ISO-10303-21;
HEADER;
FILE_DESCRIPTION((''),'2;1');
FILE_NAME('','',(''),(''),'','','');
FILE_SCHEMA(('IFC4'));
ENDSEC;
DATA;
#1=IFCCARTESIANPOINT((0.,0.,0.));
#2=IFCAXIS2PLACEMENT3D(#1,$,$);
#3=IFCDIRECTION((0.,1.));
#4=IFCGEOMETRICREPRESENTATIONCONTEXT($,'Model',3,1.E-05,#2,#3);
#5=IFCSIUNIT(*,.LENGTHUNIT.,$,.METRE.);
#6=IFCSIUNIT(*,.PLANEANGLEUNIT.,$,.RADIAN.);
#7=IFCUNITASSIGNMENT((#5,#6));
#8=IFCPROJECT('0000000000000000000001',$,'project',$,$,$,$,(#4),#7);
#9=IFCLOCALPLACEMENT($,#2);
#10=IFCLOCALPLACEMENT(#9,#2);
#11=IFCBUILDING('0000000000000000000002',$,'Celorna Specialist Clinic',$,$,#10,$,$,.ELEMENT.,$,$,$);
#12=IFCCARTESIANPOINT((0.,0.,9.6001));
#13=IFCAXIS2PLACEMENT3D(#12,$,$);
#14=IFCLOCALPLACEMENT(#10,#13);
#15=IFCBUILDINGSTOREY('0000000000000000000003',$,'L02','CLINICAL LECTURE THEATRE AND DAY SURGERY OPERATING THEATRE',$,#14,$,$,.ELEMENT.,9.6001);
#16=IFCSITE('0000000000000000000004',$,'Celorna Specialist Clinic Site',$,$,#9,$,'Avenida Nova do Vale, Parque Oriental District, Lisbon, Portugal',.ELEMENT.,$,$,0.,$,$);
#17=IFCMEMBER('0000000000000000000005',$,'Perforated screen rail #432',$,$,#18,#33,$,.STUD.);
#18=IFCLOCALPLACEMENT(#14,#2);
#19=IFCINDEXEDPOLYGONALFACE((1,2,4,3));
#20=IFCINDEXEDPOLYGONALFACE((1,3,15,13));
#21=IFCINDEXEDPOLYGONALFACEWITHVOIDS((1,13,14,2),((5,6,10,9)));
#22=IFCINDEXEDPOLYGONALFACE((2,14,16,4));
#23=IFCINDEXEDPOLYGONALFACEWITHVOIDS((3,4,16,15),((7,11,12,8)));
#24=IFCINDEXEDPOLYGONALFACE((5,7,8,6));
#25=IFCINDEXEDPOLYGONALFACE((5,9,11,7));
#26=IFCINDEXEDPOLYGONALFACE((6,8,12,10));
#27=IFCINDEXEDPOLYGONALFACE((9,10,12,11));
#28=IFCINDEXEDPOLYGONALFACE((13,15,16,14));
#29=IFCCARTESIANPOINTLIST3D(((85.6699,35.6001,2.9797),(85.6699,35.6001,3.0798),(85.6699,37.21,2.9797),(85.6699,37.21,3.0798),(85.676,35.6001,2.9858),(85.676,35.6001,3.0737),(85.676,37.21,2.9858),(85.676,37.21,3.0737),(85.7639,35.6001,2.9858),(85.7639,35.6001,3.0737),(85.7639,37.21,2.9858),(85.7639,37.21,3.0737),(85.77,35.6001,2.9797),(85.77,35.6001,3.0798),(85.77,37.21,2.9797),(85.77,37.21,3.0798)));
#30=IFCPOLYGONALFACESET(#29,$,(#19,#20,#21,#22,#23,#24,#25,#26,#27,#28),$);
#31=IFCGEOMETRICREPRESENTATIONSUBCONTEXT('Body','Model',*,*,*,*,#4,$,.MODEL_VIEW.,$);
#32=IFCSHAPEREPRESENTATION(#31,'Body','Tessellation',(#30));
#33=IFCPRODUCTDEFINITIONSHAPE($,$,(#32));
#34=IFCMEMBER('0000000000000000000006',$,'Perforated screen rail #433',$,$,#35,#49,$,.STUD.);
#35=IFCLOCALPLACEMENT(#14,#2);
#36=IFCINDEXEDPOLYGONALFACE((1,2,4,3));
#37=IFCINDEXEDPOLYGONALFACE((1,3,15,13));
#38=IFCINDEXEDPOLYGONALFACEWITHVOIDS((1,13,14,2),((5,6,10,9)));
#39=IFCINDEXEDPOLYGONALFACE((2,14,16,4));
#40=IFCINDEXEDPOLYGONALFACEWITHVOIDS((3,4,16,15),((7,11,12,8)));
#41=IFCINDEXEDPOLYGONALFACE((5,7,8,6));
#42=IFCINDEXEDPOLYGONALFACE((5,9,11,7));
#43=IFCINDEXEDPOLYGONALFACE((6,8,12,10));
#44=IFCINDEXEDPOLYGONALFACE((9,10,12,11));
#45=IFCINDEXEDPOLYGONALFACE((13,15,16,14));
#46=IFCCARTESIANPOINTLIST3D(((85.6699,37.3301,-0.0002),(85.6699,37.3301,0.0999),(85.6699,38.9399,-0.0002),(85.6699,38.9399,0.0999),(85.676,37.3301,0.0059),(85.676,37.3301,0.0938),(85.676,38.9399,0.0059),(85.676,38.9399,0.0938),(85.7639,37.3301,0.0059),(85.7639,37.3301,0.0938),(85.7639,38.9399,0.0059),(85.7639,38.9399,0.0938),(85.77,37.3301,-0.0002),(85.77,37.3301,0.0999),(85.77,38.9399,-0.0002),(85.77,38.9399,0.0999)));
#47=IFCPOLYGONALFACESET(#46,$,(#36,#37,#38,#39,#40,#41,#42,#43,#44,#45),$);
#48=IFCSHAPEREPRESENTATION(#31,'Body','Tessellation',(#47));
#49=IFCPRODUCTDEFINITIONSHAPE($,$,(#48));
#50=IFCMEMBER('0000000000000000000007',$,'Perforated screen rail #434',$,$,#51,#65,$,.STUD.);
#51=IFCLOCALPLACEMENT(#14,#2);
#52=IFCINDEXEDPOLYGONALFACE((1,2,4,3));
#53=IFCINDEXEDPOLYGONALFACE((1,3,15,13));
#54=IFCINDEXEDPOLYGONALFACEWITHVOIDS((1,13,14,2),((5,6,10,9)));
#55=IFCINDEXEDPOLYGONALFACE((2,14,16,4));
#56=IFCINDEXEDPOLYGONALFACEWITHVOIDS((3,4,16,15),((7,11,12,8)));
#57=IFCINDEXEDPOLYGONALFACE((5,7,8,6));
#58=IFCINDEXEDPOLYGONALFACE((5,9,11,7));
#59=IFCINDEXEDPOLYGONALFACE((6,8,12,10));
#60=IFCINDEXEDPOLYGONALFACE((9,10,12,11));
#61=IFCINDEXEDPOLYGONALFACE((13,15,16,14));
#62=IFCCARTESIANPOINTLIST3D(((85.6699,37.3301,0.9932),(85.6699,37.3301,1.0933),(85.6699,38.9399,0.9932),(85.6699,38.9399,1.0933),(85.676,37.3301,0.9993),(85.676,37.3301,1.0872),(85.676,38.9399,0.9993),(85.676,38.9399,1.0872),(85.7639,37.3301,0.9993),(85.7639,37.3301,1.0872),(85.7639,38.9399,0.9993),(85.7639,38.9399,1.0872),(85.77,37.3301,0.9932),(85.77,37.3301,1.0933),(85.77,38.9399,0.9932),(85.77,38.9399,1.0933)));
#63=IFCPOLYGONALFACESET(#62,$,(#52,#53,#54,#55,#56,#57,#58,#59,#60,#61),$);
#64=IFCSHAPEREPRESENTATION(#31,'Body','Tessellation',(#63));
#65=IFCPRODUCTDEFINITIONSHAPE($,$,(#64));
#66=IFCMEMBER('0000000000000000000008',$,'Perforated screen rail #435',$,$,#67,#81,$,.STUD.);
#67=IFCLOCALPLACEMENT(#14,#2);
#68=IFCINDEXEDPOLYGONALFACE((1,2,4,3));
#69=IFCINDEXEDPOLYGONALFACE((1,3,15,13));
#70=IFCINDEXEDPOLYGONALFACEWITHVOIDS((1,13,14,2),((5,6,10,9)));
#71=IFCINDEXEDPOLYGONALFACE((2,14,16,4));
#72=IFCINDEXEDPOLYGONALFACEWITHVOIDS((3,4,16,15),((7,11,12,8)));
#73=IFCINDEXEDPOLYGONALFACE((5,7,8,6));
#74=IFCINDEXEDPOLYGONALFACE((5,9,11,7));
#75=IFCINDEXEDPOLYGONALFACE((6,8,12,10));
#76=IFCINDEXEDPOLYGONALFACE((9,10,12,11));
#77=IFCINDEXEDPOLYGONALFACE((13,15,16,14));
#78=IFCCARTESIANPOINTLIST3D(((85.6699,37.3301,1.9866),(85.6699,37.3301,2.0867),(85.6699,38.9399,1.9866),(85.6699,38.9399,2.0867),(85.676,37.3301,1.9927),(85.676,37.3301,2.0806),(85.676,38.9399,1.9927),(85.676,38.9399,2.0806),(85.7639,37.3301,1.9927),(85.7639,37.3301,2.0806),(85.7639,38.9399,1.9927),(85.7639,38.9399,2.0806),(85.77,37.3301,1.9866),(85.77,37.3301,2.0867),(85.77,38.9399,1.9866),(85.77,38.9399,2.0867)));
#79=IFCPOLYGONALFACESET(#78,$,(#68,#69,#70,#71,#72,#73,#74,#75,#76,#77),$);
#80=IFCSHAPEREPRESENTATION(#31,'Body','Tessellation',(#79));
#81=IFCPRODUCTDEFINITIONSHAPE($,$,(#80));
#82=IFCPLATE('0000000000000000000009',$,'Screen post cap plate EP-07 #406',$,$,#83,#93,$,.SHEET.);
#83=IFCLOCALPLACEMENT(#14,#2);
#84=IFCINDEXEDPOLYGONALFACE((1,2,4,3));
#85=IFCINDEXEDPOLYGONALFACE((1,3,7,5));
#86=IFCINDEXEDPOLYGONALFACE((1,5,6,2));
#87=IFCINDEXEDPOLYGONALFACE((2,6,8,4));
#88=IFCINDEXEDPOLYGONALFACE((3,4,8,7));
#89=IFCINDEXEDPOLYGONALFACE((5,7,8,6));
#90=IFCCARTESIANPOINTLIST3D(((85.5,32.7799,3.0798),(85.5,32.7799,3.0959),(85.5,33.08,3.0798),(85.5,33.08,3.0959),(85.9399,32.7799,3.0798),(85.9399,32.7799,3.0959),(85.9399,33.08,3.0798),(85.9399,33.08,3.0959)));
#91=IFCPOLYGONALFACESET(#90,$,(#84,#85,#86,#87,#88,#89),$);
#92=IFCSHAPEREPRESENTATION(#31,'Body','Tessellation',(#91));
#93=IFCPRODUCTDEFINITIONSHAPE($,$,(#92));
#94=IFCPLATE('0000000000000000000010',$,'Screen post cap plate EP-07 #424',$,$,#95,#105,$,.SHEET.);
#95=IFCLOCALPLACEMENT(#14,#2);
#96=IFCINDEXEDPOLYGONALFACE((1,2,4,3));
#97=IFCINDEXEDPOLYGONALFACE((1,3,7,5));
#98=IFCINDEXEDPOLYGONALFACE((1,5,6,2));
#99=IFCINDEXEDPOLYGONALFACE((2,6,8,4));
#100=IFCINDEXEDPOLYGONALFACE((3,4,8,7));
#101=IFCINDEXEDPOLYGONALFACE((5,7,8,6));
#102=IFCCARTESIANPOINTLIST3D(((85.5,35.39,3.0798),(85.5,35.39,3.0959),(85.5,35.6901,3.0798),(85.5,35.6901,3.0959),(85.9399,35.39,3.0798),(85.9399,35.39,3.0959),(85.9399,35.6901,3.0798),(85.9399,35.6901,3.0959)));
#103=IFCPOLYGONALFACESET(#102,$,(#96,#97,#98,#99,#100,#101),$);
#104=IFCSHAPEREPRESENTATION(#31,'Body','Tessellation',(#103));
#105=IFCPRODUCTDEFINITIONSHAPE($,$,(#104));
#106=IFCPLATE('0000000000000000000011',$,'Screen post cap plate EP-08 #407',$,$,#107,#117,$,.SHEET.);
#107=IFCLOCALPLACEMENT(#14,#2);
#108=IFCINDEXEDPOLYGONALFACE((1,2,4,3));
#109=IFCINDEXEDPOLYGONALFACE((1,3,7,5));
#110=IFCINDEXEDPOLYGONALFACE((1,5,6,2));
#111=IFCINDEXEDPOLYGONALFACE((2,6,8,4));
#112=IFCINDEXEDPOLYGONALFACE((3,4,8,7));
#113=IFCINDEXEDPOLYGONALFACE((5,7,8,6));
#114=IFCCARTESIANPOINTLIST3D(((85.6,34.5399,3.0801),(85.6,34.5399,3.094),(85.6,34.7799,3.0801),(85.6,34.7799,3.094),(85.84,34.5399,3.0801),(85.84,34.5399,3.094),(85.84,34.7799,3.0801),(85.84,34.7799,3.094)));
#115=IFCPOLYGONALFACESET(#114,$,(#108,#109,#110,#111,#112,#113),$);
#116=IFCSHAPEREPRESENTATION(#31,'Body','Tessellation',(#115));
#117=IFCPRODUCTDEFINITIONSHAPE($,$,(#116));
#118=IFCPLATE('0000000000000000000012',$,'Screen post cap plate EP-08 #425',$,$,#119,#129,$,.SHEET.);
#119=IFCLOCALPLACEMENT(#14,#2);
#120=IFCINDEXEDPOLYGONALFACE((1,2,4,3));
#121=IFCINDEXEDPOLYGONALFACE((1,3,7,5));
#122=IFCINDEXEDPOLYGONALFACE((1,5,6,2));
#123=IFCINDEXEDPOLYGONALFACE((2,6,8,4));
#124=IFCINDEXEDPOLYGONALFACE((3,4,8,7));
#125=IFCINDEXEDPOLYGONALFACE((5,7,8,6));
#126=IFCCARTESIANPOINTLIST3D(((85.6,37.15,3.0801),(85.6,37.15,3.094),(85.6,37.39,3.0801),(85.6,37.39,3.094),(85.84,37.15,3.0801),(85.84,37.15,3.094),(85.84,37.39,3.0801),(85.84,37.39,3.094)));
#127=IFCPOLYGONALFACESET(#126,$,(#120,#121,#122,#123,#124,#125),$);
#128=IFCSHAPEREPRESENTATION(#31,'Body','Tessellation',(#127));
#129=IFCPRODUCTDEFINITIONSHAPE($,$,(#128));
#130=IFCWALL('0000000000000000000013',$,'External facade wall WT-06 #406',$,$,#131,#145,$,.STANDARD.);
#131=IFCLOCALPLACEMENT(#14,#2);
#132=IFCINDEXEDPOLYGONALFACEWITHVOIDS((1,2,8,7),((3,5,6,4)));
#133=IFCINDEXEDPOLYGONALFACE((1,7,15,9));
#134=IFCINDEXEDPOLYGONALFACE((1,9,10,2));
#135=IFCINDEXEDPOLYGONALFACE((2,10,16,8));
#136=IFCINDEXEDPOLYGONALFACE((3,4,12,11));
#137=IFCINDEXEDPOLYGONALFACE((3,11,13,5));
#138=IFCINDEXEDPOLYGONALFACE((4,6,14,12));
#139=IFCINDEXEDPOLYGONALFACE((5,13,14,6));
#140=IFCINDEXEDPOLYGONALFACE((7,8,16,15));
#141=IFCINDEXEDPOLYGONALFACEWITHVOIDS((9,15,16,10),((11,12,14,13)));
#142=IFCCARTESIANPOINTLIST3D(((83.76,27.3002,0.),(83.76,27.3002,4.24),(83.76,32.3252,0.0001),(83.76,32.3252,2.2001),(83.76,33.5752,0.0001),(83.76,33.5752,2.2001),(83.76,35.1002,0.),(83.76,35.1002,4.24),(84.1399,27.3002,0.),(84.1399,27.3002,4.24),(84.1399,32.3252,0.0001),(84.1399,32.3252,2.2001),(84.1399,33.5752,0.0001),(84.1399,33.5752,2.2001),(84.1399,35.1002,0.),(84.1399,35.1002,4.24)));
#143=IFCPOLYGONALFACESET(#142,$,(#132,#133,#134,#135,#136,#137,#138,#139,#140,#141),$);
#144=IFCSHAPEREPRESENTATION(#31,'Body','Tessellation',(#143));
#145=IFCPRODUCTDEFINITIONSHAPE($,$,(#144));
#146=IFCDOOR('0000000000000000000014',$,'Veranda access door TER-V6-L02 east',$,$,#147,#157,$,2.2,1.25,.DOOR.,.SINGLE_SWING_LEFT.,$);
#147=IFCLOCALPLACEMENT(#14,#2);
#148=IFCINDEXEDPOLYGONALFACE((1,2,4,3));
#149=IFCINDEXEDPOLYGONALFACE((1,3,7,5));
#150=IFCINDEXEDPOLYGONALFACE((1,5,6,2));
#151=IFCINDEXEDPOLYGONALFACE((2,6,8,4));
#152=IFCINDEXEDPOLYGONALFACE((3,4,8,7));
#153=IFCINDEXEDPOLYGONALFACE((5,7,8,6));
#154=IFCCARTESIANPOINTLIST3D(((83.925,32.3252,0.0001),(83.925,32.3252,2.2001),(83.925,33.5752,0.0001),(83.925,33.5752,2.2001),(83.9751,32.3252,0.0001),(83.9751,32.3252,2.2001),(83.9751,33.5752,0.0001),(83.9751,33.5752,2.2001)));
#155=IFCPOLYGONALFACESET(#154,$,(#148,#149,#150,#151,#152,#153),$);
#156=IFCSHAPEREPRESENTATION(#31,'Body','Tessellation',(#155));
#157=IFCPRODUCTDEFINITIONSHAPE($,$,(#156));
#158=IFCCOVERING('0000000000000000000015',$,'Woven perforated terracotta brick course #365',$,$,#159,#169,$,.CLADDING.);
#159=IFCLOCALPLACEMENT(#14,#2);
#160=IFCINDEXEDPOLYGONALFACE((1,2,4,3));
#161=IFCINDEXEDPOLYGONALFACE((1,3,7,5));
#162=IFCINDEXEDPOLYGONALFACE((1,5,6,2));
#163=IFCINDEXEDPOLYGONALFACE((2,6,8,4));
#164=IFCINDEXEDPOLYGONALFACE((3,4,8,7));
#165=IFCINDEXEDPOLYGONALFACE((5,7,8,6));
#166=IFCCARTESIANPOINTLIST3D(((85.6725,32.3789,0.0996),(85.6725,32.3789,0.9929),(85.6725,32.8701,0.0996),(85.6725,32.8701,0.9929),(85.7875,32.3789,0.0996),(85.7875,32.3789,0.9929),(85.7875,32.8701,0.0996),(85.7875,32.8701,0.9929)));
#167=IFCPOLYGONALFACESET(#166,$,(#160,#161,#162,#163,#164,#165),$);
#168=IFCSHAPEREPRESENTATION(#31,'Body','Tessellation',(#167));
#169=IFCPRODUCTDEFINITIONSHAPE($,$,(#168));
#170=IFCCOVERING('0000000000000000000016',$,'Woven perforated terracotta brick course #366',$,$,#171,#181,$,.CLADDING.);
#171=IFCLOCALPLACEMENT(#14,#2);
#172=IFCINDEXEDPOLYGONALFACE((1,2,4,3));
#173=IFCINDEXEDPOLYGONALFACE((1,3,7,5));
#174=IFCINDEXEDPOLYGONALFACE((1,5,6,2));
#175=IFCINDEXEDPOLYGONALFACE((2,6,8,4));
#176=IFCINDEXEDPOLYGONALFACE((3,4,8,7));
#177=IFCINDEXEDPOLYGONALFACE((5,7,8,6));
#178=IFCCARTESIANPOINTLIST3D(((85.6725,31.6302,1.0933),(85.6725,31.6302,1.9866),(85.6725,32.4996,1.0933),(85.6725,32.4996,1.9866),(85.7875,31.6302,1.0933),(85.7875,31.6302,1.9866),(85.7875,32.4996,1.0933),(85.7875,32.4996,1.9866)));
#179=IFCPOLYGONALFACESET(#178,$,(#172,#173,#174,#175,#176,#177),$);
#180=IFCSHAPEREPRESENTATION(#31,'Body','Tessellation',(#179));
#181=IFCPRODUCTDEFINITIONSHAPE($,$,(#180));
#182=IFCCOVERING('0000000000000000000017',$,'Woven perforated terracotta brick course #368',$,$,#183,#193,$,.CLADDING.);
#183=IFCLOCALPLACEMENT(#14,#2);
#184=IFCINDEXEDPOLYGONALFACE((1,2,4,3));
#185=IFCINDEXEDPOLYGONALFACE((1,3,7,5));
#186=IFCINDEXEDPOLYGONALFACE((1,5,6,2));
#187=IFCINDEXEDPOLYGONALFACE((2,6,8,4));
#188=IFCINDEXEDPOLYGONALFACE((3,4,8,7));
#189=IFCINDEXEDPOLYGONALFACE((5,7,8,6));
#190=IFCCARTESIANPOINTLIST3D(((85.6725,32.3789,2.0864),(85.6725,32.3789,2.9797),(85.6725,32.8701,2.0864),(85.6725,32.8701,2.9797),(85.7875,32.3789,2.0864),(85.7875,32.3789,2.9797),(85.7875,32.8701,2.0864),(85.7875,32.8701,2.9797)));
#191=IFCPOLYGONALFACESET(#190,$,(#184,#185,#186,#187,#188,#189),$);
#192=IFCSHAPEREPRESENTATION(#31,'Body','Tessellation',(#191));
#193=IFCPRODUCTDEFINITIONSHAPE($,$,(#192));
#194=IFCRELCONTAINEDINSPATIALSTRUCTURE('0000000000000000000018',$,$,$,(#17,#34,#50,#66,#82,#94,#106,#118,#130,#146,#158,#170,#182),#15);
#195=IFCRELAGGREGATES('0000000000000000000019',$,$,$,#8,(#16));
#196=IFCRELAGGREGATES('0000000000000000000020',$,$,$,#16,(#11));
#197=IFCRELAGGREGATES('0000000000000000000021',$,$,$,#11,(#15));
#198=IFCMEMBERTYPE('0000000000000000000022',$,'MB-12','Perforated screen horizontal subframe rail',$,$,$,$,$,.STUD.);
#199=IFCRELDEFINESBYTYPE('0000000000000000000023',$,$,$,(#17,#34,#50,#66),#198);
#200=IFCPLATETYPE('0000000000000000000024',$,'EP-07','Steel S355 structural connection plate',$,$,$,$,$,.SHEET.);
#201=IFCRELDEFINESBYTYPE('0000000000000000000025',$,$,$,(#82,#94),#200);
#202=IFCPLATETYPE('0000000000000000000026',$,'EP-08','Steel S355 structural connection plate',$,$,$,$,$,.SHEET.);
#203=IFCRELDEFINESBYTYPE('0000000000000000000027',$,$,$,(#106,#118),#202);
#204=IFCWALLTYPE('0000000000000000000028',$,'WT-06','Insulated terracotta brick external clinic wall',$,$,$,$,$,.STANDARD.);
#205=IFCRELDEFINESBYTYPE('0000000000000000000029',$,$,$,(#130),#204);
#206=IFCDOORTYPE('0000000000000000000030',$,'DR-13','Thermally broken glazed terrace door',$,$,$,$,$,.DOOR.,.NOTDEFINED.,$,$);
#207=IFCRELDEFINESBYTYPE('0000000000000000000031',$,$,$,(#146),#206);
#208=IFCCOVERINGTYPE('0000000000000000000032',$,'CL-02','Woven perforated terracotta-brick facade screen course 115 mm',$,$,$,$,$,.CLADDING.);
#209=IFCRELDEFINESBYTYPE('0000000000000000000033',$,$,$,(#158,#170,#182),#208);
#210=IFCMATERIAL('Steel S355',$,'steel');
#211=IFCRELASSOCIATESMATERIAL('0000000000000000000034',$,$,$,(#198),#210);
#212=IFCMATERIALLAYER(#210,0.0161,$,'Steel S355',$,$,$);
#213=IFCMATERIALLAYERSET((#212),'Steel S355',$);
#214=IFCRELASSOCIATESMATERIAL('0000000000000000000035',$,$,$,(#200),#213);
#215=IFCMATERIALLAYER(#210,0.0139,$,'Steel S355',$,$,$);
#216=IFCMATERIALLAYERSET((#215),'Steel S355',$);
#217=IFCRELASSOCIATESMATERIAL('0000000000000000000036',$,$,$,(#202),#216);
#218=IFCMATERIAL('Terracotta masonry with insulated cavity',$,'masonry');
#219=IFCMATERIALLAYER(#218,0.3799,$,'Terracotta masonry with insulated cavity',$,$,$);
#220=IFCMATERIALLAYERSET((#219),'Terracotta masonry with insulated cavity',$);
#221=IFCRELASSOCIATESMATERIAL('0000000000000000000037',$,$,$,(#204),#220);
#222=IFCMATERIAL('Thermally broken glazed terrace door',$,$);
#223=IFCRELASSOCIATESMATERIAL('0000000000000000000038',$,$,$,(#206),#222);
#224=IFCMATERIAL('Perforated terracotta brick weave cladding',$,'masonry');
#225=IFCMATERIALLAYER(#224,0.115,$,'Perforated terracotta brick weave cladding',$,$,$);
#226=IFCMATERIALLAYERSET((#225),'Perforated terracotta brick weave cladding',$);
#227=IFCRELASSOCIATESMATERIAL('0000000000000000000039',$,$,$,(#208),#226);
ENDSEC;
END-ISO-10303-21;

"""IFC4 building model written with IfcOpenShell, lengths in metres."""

from ifc_helpers import new_model, si_unit, direction, frame, frame_2d, origin, origin_2d, place, context, subcontext, project, spatial, rectangle, hollow_rectangle, extrude, material, layer, layer_set, material_profile, profile_set, type_object, element, fill, save


model = new_model("IFC4")

# Units and contexts
model_context = context("Model", 3, precision=1e-05, world=origin(), true_north=direction((0.0, 1.0)))
body_context = subcontext(model_context, "Body", "Model", "MODEL_VIEW")
ifc_project = project(units=[si_unit("LENGTHUNIT", "METRE"), si_unit("PLANEANGLEUNIT", "RADIAN")], contexts=[model_context])

# Site, building, storey
site_placement = place(None, origin())
site = spatial("IfcSite", under=ifc_project, at=site_placement, Name="Celorna Specialist Clinic Site", LongName="Avenida Nova do Vale, Parque Oriental District, Lisbon, Portugal", CompositionType="ELEMENT", RefElevation=0.0)
building_placement = place(site_placement, origin())
building = spatial("IfcBuilding", under=site, at=building_placement, Name="Celorna Specialist Clinic", CompositionType="ELEMENT")
storey_placement = place(building_placement, frame((0.0, 0.0, 9.6001)))
storey = spatial("IfcBuildingStorey", under=building, at=storey_placement, Name="L02", Description="CLINICAL LECTURE THEATRE AND DAY SURGERY OPERATING THEATRE", CompositionType="ELEMENT", Elevation=9.6001)

# Shared definitions
ifc_material_1 = material(Name="Steel S355", Category="steel")

# Members
ifc_material_profile_1 = material_profile(ifc_material_1, hollow_rectangle(XDim=0.1001, YDim=0.1001, WallThickness=0.0061, at=origin_2d()), Name="SHS 100x100x6")
ifc_profile_set_1 = profile_set([ifc_material_profile_1], Name="Steel S355")
member_type_1 = type_object("IfcMemberType", Name="MB-12", Description="Perforated screen horizontal subframe rail", PredefinedType="STUD", material=ifc_profile_set_1)
for number, where, z_axis, x_axis, name in (
    (1, (85.72, 35.6001, 3.0298), (0.0, 1.0, 0.0), (-1.0, 0.0, 0.0), "Perforated screen rail #432"),
    (2, (85.72, 37.3301, 0.0498), (0.0, 1.0, 0.0), (-1.0, 0.0, 0.0), "Perforated screen rail #433"),
    (3, (85.72, 37.3301, 1.0432), (0.0, 1.0, 0.0), (-1.0, 0.0, 0.0), "Perforated screen rail #434"),
    (4, (85.72, 37.3301, 2.0366), (0.0, 1.0, 0.0), (-1.0, 0.0, 0.0), "Perforated screen rail #435"),
):
    element("IfcMember", number, at=place(storey_placement, frame(where, z_axis=z_axis, x_axis=x_axis)), inside=storey, type_object=member_type_1, Name=name, PredefinedType="STUD", context=body_context, shape_type="SweptSolid", body=[
        extrude(hollow_rectangle(XDim=0.1001, YDim=0.1001, WallThickness=0.0061, at=origin_2d()), origin(), (0.0, 0.0, 1.0), 1.6099),
    ])

# Plates
ifc_layer_1 = layer(ifc_material_1, 0.0161, Name="Steel S355")
ifc_layer_set_1 = layer_set([ifc_layer_1], Name="Steel S355")
plate_type_1 = type_object("IfcPlateType", Name="EP-07", Description="Steel S355 structural connection plate", PredefinedType="SHEET", material=ifc_layer_set_1)
for number, where, z_axis, x_axis, name in (
    (5, (85.72, 32.9299, 3.0798), (0.0, 0.0, 1.0), (0.0, 1.0, 0.0), "Screen post cap plate EP-07 #406"),
    (6, (85.72, 35.54, 3.0798), (0.0, 0.0, 1.0), (0.0, 1.0, 0.0), "Screen post cap plate EP-07 #424"),
):
    element("IfcPlate", number, at=place(storey_placement, frame(where, z_axis=z_axis, x_axis=x_axis)), inside=storey, type_object=plate_type_1, Name=name, PredefinedType="SHEET", context=body_context, shape_type="SweptSolid", body=[
        extrude(rectangle(XDim=0.3, YDim=0.4399, at=origin_2d()), origin(), (0.0, 0.0, 1.0), 0.0161),
    ])
ifc_layer_2 = layer(ifc_material_1, 0.0139, Name="Steel S355")
ifc_layer_set_2 = layer_set([ifc_layer_2], Name="Steel S355")
plate_type_2 = type_object("IfcPlateType", Name="EP-08", Description="Steel S355 structural connection plate", PredefinedType="SHEET", material=ifc_layer_set_2)
for number, where, z_axis, x_axis, name in (
    (7, (85.72, 34.6599, 3.0801), (0.0, 0.0, 1.0), (0.0, 1.0, 0.0), "Screen post cap plate EP-08 #407"),
    (8, (85.72, 37.27, 3.0801), (0.0, 0.0, 1.0), (0.0, 1.0, 0.0), "Screen post cap plate EP-08 #425"),
):
    element("IfcPlate", number, at=place(storey_placement, frame(where, z_axis=z_axis, x_axis=x_axis)), inside=storey, type_object=plate_type_2, Name=name, PredefinedType="SHEET", context=body_context, shape_type="SweptSolid", body=[
        extrude(rectangle(XDim=0.24, YDim=0.24, at=origin_2d()), origin(), (0.0, 0.0, 1.0), 0.0139),
    ])

# Wall, opening, door
ifc_material_2 = material(Name="Terracotta masonry with insulated cavity", Category="masonry")
ifc_layer_3 = layer(ifc_material_2, 0.3799, Name="Terracotta masonry with insulated cavity")
ifc_layer_set_3 = layer_set([ifc_layer_3], Name="Terracotta masonry with insulated cavity")
wall_type = type_object("IfcWallType", Name="WT-06", Description="Insulated terracotta brick external clinic wall", PredefinedType="STANDARD", material=ifc_layer_set_3)
wall_placement = place(storey_placement, frame((83.95, 35.1001, 0.0), z_axis=(0.0, 0.0, 1.0), x_axis=(0.0, -1.0, 0.0)))
wall = element("IfcWall", 9, at=wall_placement, inside=storey, type_object=wall_type, Name="External facade wall WT-06 #406", PredefinedType="STANDARD", context=body_context, shape_type="SweptSolid", body=[
    extrude(rectangle(XDim=7.8, YDim=0.3799, at=frame_2d((3.8999, 0.0))), origin(), (0.0, 0.0, 1.0), 4.24),
])
opening_placement = place(wall_placement, frame((1.5249, 0.0, 0.0)))
opening = element("IfcOpeningElement", 10, at=opening_placement, cuts=wall, PredefinedType="OPENING", context=body_context, shape_type="SweptSolid", body=[
    extrude(rectangle(XDim=1.25, YDim=2.2, at=frame_2d((0.625, 1.1001))), frame((0.0, 0.2, 0.0), z_axis=(0.0, -1.0, 0.0), x_axis=(1.0, 0.0, 0.0)), (0.0, 0.0, 1.0), 0.3999),
])
ifc_material_3 = material(Name="Thermally broken glazed terrace door")
door_type = type_object("IfcDoorType", Name="DR-13", Description="Thermally broken glazed terrace door", OperationType="NOTDEFINED", PredefinedType="DOOR", material=ifc_material_3)
door_placement = place(opening_placement, frame((1.25, 0.0, 0.0), z_axis=(0.0, 0.0, 1.0), x_axis=(-1.0, 0.0, 0.0)))
door = element("IfcDoor", 11, at=door_placement, inside=storey, type_object=door_type, Name="Veranda access door TER-V6-L02 east", OperationType="SINGLE_SWING_LEFT", OverallHeight=2.2, OverallWidth=1.25, PredefinedType="DOOR", context=body_context, shape_type="SweptSolid", body=[
    extrude(rectangle(XDim=1.25, YDim=2.2, at=frame_2d((0.625, 1.1001))), frame((0.0, 0.0249, 0.0), z_axis=(0.0, -1.0, 0.0), x_axis=(1.0, 0.0, 0.0)), (0.0, 0.0, 1.0), 0.05),
])
fill(opening, door)

# Coverings
ifc_material_4 = material(Name="Perforated terracotta brick weave cladding", Category="masonry")
ifc_layer_4 = layer(ifc_material_4, 0.115, Name="Perforated terracotta brick weave cladding")
ifc_layer_set_4 = layer_set([ifc_layer_4], Name="Perforated terracotta brick weave cladding")
covering_type = type_object("IfcCoveringType", Name="CL-02", Description="Woven perforated terracotta-brick facade screen course 115 mm", PredefinedType="CLADDING", material=ifc_layer_set_4)
covering_1_placement = place(storey_placement, frame((85.73, 32.6245, 0.0996), z_axis=(0.0, 0.0, 1.0), x_axis=(0.0, 1.0, 0.0)))
element("IfcCovering", 12, at=covering_1_placement, inside=storey, type_object=covering_type, Name="Woven perforated terracotta brick course #365", PredefinedType="CLADDING", context=body_context, shape_type="SweptSolid", body=[
    extrude(rectangle(XDim=0.4912, YDim=0.115, at=origin_2d()), origin(), (0.0, 0.0, 1.0), 0.8933),
])
covering_2_placement = place(storey_placement, frame((85.73, 32.0649, 1.0933), z_axis=(0.0, 0.0, 1.0), x_axis=(0.0, 1.0, 0.0)))
element("IfcCovering", 13, at=covering_2_placement, inside=storey, type_object=covering_type, Name="Woven perforated terracotta brick course #366", PredefinedType="CLADDING", context=body_context, shape_type="SweptSolid", body=[
    extrude(rectangle(XDim=0.8694, YDim=0.115, at=origin_2d()), origin(), (0.0, 0.0, 1.0), 0.8933),
])
covering_3_placement = place(storey_placement, frame((85.73, 32.6245, 2.0864), z_axis=(0.0, 0.0, 1.0), x_axis=(0.0, 1.0, 0.0)))
element("IfcCovering", 14, at=covering_3_placement, inside=storey, type_object=covering_type, Name="Woven perforated terracotta brick course #368", PredefinedType="CLADDING", context=body_context, shape_type="SweptSolid", body=[
    extrude(rectangle(XDim=0.4912, YDim=0.115, at=origin_2d()), origin(), (0.0, 0.0, 1.0), 0.8933),
])

save(model, "model.ifc")
